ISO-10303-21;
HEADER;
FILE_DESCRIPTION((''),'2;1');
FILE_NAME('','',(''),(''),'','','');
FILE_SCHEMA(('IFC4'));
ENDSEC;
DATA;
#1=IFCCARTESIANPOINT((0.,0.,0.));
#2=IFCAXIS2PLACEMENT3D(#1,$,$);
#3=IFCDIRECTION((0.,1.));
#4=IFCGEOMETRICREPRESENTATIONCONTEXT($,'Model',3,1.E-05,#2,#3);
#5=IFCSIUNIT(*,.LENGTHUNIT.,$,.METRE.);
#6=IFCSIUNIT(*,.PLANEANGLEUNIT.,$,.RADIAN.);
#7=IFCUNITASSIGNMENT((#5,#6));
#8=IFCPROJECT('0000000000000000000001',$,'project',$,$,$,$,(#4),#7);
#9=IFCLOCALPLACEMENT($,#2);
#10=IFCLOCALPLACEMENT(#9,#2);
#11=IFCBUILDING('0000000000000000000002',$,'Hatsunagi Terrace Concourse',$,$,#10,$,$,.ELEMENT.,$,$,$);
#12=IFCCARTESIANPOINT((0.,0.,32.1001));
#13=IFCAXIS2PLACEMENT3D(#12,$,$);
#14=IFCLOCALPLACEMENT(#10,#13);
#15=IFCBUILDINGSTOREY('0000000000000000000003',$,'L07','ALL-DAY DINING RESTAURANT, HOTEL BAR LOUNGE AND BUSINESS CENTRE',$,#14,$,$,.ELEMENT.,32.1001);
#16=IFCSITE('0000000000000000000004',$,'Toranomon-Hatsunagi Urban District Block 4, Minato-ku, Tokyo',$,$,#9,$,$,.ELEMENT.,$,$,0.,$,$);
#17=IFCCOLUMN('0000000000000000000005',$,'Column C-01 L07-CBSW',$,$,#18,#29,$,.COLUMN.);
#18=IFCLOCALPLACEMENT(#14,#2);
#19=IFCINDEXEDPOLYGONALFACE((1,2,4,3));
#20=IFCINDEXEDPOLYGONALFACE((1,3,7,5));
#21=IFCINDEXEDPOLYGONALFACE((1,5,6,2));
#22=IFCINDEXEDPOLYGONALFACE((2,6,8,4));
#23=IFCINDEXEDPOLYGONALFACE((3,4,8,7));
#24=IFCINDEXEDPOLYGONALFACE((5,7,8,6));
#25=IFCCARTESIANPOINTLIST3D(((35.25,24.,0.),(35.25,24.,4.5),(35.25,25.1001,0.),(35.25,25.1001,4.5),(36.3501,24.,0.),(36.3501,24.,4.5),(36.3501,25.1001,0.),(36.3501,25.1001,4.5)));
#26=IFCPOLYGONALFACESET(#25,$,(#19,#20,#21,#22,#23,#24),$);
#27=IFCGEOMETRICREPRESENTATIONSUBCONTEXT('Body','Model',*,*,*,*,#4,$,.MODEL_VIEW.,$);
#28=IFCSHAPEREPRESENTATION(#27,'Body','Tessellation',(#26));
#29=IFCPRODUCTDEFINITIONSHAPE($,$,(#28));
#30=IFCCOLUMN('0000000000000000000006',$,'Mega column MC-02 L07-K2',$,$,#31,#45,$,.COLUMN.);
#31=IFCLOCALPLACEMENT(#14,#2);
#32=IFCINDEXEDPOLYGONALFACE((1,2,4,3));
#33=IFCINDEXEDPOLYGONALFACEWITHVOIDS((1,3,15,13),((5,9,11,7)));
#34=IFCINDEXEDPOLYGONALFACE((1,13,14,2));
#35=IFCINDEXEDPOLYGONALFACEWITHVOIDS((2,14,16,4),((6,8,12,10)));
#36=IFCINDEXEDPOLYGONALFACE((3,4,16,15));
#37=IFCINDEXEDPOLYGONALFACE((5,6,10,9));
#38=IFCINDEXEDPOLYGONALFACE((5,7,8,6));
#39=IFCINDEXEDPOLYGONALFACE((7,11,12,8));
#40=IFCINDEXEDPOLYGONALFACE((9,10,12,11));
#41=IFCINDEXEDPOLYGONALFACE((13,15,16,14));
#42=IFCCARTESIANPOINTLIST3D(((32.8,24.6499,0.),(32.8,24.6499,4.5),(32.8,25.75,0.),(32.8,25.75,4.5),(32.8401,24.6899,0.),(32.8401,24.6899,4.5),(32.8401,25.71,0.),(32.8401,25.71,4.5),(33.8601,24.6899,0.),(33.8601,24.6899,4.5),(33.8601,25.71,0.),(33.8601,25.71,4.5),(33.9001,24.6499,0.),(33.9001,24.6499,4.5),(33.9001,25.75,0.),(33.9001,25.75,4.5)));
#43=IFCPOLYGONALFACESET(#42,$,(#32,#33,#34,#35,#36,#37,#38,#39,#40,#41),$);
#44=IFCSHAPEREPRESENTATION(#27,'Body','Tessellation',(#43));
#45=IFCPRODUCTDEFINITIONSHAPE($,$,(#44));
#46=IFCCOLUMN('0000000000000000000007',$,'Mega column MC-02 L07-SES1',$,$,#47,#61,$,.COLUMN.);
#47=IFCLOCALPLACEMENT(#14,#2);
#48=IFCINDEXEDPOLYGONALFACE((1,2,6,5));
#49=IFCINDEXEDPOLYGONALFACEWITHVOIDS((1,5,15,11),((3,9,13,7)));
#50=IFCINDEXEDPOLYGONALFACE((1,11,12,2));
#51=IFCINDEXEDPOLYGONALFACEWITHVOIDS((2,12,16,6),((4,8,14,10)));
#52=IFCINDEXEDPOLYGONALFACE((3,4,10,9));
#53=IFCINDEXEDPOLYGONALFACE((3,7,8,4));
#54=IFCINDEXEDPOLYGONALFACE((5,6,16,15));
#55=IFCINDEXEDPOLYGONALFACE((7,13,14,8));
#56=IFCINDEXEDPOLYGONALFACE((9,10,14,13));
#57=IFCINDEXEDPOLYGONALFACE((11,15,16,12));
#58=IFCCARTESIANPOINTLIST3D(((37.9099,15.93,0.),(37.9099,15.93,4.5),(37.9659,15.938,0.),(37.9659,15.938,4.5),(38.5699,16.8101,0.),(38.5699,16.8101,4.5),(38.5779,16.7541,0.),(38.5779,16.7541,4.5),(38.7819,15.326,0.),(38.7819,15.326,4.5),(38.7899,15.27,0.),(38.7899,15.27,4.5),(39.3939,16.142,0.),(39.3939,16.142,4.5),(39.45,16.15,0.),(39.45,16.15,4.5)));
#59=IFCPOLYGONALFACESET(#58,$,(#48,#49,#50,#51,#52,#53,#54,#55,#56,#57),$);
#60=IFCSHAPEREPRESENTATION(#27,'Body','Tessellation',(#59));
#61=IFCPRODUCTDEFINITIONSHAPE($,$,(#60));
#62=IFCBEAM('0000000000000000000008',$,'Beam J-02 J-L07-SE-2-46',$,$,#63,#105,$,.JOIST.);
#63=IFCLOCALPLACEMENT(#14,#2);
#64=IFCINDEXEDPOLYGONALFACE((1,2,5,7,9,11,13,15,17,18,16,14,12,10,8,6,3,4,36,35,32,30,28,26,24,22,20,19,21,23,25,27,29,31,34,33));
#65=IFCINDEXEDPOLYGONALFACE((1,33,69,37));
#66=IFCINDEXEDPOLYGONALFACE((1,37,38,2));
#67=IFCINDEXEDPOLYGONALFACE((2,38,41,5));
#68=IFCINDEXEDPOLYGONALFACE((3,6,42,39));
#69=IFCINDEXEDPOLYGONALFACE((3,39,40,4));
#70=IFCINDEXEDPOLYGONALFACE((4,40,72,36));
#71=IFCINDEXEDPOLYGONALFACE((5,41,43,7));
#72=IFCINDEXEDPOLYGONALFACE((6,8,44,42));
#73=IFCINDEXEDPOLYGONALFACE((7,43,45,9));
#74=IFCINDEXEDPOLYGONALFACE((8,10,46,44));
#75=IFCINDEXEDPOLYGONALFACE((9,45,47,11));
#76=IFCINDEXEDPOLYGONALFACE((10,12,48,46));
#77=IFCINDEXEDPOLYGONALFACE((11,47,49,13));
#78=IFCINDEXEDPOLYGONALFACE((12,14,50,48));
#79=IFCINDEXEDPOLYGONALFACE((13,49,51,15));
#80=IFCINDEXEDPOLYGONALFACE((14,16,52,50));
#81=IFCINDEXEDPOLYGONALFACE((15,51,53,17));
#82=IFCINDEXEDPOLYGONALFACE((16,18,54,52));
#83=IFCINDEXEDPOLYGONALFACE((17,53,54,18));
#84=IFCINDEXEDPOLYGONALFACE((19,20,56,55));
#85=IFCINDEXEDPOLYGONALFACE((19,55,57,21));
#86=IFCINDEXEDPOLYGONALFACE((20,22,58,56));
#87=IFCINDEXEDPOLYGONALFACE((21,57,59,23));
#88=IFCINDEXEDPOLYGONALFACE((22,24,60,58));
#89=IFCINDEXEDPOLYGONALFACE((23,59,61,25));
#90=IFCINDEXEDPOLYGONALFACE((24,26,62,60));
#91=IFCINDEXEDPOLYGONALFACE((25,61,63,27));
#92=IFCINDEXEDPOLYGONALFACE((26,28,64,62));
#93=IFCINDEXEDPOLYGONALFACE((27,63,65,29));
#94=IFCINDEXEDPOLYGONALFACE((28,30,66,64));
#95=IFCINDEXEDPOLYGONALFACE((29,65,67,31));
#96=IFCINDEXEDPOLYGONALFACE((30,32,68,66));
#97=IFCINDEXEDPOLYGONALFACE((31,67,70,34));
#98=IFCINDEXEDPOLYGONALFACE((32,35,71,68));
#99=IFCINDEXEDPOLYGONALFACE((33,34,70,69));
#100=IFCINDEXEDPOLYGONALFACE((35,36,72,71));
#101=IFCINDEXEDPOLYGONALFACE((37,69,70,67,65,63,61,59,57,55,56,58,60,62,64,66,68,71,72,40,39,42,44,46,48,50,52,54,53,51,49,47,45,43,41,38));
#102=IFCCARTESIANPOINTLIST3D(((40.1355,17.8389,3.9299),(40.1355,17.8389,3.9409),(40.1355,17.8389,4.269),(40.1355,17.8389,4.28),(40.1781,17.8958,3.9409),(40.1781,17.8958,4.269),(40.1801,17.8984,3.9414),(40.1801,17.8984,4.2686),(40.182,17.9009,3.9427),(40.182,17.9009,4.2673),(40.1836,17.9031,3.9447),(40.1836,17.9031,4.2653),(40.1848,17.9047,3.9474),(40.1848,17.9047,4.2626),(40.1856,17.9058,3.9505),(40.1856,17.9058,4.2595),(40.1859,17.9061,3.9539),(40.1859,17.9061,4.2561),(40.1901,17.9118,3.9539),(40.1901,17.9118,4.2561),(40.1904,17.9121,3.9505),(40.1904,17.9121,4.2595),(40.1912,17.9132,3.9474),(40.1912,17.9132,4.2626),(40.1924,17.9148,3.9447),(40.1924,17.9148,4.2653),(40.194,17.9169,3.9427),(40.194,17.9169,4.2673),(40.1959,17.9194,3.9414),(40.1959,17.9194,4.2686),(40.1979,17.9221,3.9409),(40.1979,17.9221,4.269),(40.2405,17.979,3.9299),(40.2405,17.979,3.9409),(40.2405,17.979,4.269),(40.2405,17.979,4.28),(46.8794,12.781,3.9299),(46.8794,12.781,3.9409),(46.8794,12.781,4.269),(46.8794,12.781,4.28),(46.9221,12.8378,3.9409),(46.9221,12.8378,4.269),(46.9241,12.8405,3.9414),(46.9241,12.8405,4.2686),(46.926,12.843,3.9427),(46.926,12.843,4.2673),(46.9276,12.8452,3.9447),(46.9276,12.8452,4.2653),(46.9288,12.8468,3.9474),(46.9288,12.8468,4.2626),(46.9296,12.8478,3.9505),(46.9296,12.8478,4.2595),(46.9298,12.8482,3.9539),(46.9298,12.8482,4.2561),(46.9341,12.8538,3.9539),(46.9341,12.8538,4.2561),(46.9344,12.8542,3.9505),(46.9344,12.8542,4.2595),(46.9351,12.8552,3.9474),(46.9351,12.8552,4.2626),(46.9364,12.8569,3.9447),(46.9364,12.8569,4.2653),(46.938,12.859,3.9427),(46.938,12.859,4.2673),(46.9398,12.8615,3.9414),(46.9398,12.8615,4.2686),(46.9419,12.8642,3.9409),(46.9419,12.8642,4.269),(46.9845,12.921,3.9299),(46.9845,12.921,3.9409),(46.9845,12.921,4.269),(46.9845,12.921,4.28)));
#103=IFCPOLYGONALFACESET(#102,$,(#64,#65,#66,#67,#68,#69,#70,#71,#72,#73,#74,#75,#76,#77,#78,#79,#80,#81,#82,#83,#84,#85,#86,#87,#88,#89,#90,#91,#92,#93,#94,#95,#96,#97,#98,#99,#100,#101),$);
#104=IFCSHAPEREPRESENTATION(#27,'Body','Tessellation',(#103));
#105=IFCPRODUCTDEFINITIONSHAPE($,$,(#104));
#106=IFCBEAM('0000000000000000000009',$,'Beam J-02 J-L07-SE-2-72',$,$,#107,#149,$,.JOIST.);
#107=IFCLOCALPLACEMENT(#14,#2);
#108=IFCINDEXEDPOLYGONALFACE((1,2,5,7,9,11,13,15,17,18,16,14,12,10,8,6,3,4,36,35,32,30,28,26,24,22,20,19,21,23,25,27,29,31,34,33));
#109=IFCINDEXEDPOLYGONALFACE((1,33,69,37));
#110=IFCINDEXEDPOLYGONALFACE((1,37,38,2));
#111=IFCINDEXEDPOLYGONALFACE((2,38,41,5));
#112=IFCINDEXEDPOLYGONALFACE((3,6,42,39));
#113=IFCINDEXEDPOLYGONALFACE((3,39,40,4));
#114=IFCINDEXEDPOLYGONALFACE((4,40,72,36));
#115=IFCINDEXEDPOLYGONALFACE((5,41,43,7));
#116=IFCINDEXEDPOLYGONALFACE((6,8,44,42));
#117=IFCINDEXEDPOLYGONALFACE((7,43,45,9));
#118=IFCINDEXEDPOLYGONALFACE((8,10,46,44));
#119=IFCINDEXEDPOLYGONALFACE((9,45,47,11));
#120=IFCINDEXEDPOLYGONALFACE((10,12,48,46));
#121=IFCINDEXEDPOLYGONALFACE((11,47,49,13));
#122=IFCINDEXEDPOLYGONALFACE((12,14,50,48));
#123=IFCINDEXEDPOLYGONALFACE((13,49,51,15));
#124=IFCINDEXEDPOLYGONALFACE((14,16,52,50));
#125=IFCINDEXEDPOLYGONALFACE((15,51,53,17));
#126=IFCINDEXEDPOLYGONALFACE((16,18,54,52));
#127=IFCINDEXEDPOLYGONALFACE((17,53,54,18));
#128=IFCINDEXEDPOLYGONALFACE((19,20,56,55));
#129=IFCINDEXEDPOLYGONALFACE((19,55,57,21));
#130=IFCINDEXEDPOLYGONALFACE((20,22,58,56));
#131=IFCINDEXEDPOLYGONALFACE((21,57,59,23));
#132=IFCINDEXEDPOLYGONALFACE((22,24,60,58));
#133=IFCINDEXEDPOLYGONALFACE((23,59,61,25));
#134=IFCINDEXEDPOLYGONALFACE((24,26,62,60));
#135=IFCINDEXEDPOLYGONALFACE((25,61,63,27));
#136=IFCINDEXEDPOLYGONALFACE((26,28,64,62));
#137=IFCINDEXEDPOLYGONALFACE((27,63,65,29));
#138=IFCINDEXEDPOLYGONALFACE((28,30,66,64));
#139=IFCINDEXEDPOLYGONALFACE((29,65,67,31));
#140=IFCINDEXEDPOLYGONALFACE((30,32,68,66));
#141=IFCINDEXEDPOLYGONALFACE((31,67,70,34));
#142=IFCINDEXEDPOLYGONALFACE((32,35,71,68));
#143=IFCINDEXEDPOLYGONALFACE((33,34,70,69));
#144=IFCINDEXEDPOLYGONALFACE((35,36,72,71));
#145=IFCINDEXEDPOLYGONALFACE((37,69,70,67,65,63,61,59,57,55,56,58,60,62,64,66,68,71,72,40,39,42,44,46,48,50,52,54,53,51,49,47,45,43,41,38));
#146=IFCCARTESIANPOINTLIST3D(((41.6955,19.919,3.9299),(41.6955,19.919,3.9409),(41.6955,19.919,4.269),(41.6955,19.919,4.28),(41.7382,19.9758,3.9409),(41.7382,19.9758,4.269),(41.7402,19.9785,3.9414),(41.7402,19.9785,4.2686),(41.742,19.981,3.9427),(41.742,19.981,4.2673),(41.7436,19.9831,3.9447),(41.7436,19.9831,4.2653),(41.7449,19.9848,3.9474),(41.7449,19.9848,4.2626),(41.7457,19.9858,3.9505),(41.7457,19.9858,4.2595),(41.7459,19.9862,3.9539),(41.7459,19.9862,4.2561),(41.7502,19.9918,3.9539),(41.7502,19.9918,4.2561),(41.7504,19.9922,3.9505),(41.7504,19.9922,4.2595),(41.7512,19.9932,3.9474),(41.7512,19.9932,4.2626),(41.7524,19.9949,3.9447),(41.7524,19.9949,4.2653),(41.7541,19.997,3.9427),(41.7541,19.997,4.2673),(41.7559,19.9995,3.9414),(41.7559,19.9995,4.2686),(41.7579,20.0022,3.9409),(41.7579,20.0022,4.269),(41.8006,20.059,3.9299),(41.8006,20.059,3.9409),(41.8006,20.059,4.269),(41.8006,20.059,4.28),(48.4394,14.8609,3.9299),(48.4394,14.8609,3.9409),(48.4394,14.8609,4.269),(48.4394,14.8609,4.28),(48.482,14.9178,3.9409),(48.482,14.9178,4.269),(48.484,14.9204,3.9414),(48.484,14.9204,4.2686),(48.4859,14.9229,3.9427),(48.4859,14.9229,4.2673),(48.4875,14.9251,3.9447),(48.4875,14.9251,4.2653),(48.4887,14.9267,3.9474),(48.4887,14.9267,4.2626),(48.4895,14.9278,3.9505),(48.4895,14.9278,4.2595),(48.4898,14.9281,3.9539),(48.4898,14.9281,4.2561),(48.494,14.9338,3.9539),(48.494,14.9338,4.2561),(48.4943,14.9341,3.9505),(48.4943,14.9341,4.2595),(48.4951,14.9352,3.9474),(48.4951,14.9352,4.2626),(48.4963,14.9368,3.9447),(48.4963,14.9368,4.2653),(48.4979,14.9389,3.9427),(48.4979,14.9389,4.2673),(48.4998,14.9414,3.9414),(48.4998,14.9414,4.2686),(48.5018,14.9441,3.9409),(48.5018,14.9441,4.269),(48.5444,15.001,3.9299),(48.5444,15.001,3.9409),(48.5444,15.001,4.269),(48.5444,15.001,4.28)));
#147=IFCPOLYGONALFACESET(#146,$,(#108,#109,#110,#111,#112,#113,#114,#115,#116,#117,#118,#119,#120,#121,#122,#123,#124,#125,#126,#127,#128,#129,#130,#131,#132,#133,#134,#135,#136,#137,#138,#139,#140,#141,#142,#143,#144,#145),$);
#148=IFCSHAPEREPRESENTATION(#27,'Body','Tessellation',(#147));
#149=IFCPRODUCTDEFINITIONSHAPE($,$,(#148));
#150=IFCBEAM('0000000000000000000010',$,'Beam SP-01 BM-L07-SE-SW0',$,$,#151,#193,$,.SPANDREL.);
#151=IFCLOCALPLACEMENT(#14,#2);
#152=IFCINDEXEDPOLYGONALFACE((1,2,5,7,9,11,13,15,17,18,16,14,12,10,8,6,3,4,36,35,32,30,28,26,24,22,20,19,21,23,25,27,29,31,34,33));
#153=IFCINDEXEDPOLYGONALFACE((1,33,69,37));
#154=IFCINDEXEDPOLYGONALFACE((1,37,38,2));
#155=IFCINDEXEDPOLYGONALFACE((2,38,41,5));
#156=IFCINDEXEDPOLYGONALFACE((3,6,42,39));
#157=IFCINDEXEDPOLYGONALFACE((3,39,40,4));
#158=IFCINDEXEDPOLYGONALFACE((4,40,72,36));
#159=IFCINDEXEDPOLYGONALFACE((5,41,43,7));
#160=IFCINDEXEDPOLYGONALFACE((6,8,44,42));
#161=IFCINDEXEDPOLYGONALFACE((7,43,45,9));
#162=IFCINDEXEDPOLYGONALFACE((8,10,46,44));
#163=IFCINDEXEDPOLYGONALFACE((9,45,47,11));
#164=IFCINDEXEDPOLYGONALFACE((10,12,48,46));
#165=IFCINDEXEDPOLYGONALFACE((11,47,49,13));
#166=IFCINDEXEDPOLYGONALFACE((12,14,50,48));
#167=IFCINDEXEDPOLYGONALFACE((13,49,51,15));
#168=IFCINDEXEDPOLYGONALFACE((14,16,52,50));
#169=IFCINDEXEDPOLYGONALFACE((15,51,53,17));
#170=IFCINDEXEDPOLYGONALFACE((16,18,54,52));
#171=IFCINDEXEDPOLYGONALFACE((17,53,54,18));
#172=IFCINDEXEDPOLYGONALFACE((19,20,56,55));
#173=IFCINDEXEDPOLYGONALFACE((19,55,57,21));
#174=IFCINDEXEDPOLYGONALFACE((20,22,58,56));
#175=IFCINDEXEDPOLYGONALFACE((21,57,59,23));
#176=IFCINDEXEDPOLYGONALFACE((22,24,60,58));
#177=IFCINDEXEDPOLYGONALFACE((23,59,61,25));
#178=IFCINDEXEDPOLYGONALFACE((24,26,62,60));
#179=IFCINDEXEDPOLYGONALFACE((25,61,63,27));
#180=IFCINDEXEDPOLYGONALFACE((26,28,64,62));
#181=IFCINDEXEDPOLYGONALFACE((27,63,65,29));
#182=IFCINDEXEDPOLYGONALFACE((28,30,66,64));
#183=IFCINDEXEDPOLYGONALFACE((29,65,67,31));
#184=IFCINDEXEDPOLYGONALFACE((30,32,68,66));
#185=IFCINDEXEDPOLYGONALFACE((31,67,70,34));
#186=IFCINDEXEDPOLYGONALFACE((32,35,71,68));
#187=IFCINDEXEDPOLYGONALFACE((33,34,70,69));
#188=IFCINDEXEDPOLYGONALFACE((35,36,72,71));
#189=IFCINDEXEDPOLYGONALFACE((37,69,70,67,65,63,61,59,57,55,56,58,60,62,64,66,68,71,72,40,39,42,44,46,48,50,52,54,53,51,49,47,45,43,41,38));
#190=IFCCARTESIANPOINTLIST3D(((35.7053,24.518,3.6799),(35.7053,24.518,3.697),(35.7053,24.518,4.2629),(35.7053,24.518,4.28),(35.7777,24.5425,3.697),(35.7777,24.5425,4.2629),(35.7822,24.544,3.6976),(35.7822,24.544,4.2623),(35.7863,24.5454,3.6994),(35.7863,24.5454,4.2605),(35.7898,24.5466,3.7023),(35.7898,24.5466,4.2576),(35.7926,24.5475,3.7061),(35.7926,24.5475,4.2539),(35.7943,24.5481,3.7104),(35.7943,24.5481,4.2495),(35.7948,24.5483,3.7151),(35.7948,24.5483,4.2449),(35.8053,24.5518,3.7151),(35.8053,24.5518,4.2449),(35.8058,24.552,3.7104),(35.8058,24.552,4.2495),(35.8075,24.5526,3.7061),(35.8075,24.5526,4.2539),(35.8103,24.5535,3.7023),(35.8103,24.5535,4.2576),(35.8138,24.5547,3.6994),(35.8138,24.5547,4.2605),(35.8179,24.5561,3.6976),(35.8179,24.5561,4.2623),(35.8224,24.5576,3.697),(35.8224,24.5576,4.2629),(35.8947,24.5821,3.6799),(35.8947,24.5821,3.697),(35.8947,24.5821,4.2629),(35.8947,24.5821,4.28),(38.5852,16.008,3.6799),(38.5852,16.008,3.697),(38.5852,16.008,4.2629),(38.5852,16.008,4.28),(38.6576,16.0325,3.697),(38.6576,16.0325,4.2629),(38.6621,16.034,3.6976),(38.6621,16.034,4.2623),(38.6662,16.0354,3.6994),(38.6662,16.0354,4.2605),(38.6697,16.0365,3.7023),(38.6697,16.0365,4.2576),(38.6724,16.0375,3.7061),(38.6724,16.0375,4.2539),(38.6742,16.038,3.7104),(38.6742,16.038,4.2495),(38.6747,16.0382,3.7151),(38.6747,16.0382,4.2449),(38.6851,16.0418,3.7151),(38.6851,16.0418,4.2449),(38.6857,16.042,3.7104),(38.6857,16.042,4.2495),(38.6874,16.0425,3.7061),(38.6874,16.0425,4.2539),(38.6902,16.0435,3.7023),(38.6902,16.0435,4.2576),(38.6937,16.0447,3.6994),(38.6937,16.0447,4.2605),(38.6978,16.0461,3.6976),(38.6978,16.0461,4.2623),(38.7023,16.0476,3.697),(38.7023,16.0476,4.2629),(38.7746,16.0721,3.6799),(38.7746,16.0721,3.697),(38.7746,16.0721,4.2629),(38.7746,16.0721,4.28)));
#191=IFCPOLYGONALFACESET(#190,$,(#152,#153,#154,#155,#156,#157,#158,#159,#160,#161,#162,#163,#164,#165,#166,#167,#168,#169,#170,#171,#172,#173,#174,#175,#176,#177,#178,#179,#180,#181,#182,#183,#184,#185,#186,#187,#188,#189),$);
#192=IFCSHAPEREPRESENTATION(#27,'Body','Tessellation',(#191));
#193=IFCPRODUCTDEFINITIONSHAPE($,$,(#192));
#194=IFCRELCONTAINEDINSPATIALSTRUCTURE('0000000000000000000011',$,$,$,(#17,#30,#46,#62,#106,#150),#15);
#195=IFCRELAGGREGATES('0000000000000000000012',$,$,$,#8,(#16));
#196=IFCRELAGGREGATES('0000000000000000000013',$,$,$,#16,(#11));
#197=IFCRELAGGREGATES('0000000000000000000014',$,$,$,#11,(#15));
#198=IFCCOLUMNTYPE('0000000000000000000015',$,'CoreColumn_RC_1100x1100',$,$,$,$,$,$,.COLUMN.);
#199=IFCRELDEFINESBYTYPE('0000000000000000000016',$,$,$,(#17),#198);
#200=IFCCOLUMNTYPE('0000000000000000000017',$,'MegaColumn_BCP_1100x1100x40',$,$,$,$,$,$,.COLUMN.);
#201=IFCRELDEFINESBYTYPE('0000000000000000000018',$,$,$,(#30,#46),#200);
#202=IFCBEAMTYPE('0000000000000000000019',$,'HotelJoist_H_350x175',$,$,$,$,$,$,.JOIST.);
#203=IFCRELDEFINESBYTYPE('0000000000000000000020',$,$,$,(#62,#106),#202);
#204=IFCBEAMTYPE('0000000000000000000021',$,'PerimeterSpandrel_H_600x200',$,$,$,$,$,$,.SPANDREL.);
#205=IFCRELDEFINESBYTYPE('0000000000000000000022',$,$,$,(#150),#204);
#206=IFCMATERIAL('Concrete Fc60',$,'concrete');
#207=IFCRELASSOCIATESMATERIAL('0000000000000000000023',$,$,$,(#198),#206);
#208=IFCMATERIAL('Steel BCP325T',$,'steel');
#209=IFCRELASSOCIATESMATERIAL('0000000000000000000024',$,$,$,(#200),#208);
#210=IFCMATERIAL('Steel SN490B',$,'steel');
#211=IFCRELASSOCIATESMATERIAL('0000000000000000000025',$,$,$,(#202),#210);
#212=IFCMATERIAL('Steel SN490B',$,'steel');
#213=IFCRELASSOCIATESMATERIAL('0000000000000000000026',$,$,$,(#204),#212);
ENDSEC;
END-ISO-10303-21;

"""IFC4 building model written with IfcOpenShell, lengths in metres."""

from ifc_helpers import new_model, si_unit, direction, frame, origin, origin_2d, place, context, subcontext, project, spatial, rectangle, hollow_rectangle, i_section, extrude, material, material_profile, profile_set, type_object, element, save


model = new_model("IFC4")

# Units and contexts
model_context = context("Model", 3, precision=1e-05, world=origin(), true_north=direction((0.0, 1.0)))
body_context = subcontext(model_context, "Body", "Model", "MODEL_VIEW")
ifc_project = project(units=[si_unit("LENGTHUNIT", "METRE"), si_unit("PLANEANGLEUNIT", "RADIAN")], contexts=[model_context])

# Site, building, storey
site_placement = place(None, origin())
site = spatial("IfcSite", under=ifc_project, at=site_placement, Name="Toranomon-Hatsunagi Urban District Block 4, Minato-ku, Tokyo", CompositionType="ELEMENT", RefElevation=0.0)
building_placement = place(site_placement, origin())
building = spatial("IfcBuilding", under=site, at=building_placement, Name="Hatsunagi Terrace Concourse", CompositionType="ELEMENT")
storey_placement = place(building_placement, frame((0.0, 0.0, 32.1001)))
storey = spatial("IfcBuildingStorey", under=building, at=storey_placement, Name="L07", Description="ALL-DAY DINING RESTAURANT, HOTEL BAR LOUNGE AND BUSINESS CENTRE", CompositionType="ELEMENT", Elevation=32.1001)

# Columns
ifc_material_1 = material(Name="Concrete Fc60", Category="concrete")
ifc_material_profile_1 = material_profile(ifc_material_1, rectangle(XDim=1.1001, YDim=1.1001, at=origin_2d()), Name="RC-1100x1100")
ifc_profile_set_1 = profile_set([ifc_material_profile_1], Name="Concrete Fc60")
column_type_1 = type_object("IfcColumnType", Name="CoreColumn_RC_1100x1100", PredefinedType="COLUMN", material=ifc_profile_set_1)
column_placement = place(storey_placement, frame((35.8, 24.55, 0.0), z_axis=(0.0, 0.0, 1.0), x_axis=(1.0, 0.0, 0.0)))
element("IfcColumn", 1, at=column_placement, inside=storey, type_object=column_type_1, Name="Column C-01 L07-CBSW", PredefinedType="COLUMN", context=body_context, shape_type="SweptSolid", body=[
    extrude(rectangle(XDim=1.1001, YDim=1.1001, at=origin_2d()), origin(), (0.0, 0.0, 1.0), 4.5),
])
ifc_material_2 = material(Name="Steel BCP325T", Category="steel")
ifc_material_profile_2 = material_profile(ifc_material_2, hollow_rectangle(XDim=1.1001, YDim=1.1001, WallThickness=0.04, at=origin_2d()), Name="BCP-1100x1100x40")
ifc_profile_set_2 = profile_set([ifc_material_profile_2], Name="Steel BCP325T")
column_type_2 = type_object("IfcColumnType", Name="MegaColumn_BCP_1100x1100x40", PredefinedType="COLUMN", material=ifc_profile_set_2)
for number, where, z_axis, x_axis, name in (
    (2, (33.3501, 25.2, 0.0), (0.0, 0.0, 1.0), (1.0, 0.0, 0.0), "Mega column MC-02 L07-K2"),
    (3, (38.6799, 16.04, 0.0), (0.0, 0.0, 1.0), (0.8, -0.6, 0.0), "Mega column MC-02 L07-SES1"),
):
    element("IfcColumn", number, at=place(storey_placement, frame(where, z_axis=z_axis, x_axis=x_axis)), inside=storey, type_object=column_type_2, Name=name, PredefinedType="COLUMN", context=body_context, shape_type="SweptSolid", body=[
        extrude(hollow_rectangle(XDim=1.1001, YDim=1.1001, WallThickness=0.04, at=origin_2d()), origin(), (0.0, 0.0, 1.0), 4.5),
    ])

# Beams
ifc_material_3 = material(Name="Steel SN490B", Category="steel")
ifc_material_profile_3 = material_profile(ifc_material_3, i_section(OverallWidth=0.175, OverallDepth=0.3501, WebThickness=0.0071, FlangeThickness=0.011, FilletRadius=0.0129, at=origin_2d()), Name="H-350x175x7x11")
ifc_profile_set_3 = profile_set([ifc_material_profile_3], Name="Steel SN490B")
beam_type_1 = type_object("IfcBeamType", Name="HotelJoist_H_350x175", PredefinedType="JOIST", material=ifc_profile_set_3)
for number, where, z_axis, x_axis, name in (
    (4, (40.188, 17.9089, 4.105), (0.800003, -0.599995, 0.0), (0.599995, 0.800003, 0.0), "Beam J-02 J-L07-SE-2-46"),
    (5, (41.748, 19.989, 4.105), (0.79999, -0.600014, 0.0), (0.600014, 0.79999, 0.0), "Beam J-02 J-L07-SE-2-72"),
):
    element("IfcBeam", number, at=place(storey_placement, frame(where, z_axis=z_axis, x_axis=x_axis)), inside=storey, type_object=beam_type_1, Name=name, PredefinedType="JOIST", context=body_context, shape_type="SweptSolid", body=[
        extrude(i_section(OverallWidth=0.175, OverallDepth=0.3501, WebThickness=0.0071, FlangeThickness=0.011, FilletRadius=0.0129, at=origin_2d()), origin(), (0.0, 0.0, 1.0), 8.4299),
    ])
ifc_material_4 = material(Name="Steel SN490B", Category="steel")
ifc_material_profile_4 = material_profile(ifc_material_4, i_section(OverallWidth=0.2, OverallDepth=0.6001, WebThickness=0.011, FlangeThickness=0.0171, FilletRadius=0.0181, at=origin_2d()), Name="H-600x200x11x17")
ifc_profile_set_4 = profile_set([ifc_material_profile_4], Name="Steel SN490B")
beam_type_2 = type_object("IfcBeamType", Name="PerimeterSpandrel_H_600x200", PredefinedType="SPANDREL", material=ifc_profile_set_4)
beam_1_placement = place(storey_placement, frame((35.8, 24.55, 3.98), z_axis=(0.320553, -0.94723, 0.0), x_axis=(0.94723, 0.320553, 0.0)))
element("IfcBeam", 6, at=beam_1_placement, inside=storey, type_object=beam_type_2, Name="Beam SP-01 BM-L07-SE-SW0", PredefinedType="SPANDREL", context=body_context, shape_type="SweptSolid", body=[
    extrude(i_section(OverallWidth=0.2, OverallDepth=0.6001, WebThickness=0.011, FlangeThickness=0.0171, FilletRadius=0.0181, at=origin_2d()), origin(), (0.0, 0.0, 1.0), 8.9841),
])

save(model, "model.ifc")
